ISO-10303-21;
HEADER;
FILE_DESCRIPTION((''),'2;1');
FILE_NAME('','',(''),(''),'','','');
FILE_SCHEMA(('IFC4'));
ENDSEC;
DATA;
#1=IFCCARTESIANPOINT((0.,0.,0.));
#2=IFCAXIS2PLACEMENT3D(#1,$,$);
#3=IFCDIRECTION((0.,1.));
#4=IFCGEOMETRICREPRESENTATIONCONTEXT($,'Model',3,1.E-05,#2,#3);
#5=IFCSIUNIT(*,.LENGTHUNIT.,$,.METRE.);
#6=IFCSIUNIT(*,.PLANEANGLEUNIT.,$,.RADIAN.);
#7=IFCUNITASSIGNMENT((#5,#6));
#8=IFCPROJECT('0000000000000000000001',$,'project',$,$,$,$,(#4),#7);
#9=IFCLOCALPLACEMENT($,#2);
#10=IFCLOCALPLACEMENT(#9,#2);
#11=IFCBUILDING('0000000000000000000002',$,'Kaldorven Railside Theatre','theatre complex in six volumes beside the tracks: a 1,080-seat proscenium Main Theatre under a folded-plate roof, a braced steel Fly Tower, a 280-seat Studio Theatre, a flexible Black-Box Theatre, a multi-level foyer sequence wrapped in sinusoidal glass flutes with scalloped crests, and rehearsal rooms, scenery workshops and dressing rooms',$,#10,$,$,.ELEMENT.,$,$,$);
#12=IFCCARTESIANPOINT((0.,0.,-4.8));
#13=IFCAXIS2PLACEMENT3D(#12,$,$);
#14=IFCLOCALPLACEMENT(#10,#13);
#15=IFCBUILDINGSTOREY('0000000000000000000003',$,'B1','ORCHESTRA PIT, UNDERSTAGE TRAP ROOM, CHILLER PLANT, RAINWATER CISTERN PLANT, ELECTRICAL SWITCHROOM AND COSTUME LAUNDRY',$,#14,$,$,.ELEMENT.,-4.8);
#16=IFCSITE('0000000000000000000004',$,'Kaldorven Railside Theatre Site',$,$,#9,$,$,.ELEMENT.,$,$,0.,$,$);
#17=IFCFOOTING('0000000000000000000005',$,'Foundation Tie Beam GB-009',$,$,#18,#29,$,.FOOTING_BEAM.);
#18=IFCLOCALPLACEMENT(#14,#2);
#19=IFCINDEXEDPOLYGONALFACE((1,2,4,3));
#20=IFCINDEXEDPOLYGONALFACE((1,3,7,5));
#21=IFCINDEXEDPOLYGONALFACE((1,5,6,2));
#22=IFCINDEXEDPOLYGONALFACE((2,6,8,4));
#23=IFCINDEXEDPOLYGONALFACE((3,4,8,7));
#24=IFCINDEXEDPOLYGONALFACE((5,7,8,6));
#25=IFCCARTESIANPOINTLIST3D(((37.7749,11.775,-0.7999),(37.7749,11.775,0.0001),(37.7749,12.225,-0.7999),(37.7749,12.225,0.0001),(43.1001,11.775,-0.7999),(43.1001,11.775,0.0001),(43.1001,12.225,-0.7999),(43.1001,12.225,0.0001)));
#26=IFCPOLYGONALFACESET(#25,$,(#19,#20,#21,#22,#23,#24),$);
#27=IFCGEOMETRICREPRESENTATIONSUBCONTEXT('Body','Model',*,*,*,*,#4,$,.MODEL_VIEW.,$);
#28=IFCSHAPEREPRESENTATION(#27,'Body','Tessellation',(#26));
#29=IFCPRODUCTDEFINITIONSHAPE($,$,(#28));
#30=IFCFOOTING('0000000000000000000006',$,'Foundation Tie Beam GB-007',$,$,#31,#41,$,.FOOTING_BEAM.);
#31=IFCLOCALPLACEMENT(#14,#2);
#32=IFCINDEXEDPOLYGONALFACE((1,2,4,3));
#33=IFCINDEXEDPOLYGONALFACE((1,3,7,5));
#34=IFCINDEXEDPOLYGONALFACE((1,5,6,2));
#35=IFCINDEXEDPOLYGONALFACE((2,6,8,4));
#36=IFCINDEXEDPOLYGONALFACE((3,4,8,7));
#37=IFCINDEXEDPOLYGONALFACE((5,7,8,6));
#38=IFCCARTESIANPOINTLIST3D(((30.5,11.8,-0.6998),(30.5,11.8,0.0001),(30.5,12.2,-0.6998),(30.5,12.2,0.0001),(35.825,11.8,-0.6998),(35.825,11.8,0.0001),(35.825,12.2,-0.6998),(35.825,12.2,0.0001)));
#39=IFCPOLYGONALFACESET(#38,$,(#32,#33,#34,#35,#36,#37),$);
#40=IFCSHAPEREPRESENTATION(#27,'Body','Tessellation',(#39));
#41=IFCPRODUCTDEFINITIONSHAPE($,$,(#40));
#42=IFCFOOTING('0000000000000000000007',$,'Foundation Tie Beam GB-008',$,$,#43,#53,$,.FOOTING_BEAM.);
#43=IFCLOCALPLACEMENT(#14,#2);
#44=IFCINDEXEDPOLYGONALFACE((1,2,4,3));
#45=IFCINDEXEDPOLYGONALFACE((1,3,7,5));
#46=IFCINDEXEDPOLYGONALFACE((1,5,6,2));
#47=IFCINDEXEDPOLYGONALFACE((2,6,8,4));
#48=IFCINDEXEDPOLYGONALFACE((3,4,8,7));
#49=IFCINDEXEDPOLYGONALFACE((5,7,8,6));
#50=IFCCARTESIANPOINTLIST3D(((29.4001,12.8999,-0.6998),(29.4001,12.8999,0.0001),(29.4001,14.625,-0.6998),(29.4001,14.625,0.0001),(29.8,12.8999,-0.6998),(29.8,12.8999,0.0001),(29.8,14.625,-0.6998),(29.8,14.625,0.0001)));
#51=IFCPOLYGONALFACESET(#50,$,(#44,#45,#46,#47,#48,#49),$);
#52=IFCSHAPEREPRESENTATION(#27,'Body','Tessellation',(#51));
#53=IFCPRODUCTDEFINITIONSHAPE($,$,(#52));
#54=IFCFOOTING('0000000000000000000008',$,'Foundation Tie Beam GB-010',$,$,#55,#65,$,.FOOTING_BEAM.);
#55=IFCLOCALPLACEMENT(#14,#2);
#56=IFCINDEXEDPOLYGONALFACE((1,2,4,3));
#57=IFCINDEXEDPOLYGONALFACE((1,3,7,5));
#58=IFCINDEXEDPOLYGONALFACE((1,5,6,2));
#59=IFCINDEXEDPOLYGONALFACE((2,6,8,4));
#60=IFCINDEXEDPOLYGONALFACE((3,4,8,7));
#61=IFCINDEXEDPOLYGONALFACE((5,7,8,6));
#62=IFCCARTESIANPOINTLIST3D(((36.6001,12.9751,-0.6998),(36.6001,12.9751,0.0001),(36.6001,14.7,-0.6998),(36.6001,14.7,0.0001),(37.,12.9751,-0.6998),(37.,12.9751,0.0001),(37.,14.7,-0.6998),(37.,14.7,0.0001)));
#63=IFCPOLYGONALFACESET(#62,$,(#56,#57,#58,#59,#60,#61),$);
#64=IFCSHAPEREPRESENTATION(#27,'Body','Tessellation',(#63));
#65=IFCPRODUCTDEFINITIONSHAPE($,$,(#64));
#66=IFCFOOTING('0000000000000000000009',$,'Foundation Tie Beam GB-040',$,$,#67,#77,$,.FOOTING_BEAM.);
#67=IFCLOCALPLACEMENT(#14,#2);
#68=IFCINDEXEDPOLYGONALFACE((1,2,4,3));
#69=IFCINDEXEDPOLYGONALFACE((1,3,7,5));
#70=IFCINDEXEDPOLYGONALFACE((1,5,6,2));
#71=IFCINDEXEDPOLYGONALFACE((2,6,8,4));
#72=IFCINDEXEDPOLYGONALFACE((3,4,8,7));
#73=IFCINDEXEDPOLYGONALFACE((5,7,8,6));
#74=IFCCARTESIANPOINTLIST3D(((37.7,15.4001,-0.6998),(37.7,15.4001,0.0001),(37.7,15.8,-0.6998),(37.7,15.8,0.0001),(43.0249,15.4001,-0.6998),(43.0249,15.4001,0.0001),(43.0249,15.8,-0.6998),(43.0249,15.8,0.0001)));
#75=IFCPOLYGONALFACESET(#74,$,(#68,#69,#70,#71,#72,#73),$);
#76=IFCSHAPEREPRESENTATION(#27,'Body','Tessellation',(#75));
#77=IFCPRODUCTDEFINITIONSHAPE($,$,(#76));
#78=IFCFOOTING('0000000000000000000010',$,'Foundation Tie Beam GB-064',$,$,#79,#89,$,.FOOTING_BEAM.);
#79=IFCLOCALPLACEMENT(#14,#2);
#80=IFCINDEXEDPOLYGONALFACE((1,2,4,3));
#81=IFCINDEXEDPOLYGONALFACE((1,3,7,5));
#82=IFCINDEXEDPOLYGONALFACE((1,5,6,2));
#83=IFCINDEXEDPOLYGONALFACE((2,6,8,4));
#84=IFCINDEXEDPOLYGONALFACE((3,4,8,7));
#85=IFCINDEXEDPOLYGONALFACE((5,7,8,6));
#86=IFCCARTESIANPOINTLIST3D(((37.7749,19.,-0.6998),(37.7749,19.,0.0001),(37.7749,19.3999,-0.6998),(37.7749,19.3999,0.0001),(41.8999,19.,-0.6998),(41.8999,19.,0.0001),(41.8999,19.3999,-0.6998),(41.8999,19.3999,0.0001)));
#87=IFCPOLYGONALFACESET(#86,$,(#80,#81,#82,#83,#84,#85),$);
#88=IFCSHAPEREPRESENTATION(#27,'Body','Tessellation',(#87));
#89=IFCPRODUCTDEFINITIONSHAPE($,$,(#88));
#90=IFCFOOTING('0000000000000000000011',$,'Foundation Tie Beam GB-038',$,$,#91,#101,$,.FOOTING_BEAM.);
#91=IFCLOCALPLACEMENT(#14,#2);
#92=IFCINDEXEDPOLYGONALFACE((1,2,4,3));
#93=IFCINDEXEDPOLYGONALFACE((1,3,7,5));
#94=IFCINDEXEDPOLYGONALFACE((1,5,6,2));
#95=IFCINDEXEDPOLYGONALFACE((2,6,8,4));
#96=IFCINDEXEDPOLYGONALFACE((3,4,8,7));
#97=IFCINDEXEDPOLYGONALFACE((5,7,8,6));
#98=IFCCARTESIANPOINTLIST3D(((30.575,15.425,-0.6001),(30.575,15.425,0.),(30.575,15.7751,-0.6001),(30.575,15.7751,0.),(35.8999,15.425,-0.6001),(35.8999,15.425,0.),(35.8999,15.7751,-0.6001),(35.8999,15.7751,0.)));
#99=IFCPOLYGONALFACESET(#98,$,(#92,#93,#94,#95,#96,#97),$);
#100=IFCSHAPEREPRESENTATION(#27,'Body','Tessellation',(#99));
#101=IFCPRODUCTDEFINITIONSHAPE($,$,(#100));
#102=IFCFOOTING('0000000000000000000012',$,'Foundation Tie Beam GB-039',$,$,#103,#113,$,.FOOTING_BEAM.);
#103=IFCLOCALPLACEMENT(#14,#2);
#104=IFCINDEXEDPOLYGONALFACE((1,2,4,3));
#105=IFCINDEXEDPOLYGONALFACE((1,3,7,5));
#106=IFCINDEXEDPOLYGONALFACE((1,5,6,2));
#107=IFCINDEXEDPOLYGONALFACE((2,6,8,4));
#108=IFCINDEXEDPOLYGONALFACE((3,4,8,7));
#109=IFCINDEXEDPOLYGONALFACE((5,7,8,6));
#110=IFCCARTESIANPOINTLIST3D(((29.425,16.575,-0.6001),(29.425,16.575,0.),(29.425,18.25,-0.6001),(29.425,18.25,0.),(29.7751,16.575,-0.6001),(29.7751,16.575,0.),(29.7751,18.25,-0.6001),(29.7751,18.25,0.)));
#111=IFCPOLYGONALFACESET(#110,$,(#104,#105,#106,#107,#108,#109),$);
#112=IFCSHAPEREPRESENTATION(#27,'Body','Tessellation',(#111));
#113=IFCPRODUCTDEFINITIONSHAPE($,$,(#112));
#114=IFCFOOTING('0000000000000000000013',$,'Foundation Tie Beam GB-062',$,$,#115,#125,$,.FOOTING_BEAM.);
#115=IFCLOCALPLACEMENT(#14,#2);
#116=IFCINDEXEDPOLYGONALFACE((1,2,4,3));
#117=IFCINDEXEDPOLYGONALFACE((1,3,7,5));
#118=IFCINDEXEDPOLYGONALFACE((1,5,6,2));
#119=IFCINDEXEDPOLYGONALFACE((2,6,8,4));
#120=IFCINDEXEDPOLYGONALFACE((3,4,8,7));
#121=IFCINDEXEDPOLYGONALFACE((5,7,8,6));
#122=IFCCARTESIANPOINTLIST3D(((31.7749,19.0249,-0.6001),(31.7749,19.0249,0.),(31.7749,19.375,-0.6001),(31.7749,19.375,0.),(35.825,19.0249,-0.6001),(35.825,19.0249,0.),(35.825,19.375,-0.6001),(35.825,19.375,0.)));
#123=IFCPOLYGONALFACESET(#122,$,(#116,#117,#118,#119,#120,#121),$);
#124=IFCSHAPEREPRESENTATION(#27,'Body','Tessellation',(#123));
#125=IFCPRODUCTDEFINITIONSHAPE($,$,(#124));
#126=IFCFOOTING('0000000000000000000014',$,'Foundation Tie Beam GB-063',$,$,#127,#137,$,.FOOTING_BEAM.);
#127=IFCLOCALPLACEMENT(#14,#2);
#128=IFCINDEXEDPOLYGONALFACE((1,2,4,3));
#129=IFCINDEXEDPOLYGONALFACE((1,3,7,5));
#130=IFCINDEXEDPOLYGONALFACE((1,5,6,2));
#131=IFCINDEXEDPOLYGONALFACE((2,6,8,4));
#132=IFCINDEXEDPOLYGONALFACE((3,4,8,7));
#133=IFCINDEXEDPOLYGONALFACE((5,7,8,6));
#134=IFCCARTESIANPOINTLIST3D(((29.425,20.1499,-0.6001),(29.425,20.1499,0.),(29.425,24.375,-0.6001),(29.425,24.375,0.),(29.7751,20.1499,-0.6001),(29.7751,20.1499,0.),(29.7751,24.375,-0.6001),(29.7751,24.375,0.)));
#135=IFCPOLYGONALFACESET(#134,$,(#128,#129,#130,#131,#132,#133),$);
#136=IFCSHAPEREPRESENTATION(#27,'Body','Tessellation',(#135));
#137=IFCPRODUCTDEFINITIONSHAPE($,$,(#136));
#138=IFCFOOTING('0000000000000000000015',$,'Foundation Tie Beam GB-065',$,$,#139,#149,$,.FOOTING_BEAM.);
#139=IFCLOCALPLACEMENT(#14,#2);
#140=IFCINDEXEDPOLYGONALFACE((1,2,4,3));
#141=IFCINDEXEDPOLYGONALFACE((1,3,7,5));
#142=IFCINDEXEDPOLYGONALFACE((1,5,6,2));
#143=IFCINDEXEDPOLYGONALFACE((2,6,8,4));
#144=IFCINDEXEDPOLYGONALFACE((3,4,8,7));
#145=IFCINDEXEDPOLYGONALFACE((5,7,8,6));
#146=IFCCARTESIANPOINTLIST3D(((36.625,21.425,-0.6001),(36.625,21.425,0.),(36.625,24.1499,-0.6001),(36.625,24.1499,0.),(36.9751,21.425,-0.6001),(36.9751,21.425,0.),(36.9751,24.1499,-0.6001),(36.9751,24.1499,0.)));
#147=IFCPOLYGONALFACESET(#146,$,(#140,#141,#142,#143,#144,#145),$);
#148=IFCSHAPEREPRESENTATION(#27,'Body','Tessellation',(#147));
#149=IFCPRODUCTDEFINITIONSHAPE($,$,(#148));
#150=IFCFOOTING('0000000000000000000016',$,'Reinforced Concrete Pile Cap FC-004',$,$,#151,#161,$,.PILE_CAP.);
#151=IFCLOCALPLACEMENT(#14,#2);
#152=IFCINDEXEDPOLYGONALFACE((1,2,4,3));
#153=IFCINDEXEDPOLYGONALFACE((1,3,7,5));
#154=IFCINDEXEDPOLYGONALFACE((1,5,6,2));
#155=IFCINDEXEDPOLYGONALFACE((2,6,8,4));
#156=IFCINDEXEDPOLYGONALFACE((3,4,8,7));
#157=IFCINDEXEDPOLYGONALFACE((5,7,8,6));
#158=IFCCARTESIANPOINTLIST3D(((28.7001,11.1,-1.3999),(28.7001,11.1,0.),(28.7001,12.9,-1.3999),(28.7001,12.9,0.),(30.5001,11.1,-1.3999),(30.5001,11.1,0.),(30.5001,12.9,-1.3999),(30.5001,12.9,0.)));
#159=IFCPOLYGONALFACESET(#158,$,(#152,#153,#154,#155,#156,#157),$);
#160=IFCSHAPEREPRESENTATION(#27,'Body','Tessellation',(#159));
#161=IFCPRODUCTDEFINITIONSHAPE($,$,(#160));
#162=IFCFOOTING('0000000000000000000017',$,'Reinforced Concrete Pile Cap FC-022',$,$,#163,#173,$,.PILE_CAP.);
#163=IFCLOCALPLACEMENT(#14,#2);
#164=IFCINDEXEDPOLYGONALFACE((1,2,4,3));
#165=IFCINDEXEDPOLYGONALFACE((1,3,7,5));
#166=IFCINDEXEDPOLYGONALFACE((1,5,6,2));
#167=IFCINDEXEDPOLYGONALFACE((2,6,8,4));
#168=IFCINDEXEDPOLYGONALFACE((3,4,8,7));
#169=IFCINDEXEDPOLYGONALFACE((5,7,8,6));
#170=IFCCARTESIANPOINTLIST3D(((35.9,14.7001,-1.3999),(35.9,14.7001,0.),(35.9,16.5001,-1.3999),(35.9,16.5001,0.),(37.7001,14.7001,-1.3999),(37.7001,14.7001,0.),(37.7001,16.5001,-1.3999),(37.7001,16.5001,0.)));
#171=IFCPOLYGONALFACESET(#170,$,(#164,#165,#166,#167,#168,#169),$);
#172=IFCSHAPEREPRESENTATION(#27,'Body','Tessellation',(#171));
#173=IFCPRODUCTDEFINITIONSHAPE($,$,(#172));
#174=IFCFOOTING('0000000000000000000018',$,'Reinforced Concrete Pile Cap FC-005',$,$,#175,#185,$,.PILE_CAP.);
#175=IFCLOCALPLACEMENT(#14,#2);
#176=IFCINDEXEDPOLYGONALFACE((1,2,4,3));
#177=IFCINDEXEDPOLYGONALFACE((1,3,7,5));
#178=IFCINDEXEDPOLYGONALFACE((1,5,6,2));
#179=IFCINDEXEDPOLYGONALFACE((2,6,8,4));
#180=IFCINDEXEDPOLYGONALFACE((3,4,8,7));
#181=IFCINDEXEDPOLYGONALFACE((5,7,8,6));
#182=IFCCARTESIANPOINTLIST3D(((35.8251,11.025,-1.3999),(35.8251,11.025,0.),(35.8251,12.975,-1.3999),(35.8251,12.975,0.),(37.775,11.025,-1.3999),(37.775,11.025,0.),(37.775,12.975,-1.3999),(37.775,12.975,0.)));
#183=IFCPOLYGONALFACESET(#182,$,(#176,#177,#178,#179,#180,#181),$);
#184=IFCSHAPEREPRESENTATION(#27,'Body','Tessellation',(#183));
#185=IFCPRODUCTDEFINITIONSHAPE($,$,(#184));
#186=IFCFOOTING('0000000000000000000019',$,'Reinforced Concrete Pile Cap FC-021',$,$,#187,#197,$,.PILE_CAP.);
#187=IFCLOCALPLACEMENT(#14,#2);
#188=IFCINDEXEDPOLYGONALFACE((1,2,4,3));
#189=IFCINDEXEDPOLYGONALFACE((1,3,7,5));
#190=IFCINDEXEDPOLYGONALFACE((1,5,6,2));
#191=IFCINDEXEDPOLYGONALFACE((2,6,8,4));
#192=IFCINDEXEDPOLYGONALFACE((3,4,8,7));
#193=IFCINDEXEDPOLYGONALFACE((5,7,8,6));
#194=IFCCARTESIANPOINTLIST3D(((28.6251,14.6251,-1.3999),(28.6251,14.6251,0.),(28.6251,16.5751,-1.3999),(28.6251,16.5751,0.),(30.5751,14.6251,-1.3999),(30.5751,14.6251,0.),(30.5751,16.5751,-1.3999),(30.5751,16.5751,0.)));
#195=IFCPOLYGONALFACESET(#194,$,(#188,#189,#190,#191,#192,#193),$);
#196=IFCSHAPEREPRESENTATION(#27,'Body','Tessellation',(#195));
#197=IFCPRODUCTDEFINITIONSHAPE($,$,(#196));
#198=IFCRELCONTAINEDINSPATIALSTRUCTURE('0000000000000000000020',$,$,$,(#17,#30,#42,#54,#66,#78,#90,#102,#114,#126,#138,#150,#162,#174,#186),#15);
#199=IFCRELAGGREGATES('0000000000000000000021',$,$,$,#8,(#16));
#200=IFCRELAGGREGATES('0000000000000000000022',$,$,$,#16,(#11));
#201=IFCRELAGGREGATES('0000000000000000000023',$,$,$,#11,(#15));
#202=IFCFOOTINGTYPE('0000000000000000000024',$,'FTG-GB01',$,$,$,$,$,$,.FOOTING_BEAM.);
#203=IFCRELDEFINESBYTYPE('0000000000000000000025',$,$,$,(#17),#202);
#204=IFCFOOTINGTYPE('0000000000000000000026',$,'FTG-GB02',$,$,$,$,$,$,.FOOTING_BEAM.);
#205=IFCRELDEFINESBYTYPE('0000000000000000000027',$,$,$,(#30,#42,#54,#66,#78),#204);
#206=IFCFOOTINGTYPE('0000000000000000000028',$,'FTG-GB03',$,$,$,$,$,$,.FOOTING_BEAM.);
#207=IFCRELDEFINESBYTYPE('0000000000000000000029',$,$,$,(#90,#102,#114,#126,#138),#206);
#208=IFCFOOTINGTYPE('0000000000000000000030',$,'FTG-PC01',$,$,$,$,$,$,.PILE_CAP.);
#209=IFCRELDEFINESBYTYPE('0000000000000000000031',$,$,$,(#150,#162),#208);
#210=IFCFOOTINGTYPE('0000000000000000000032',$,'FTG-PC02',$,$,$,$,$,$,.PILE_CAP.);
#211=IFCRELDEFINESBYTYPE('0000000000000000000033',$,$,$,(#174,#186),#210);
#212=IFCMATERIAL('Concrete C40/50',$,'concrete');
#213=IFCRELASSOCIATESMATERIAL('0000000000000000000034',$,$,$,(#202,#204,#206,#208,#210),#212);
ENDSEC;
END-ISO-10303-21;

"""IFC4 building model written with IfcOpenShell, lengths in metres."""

from ifc_helpers import new_model, si_unit, direction, frame, origin, origin_2d, place, context, subcontext, project, spatial, rectangle, extrude, material, material_profile, profile_set, type_object, element, save


model = new_model("IFC4")

# Units and contexts
model_context = context("Model", 3, precision=1e-05, world=origin(), true_north=direction((0.0, 1.0)))
body_context = subcontext(model_context, "Body", "Model", "MODEL_VIEW")
ifc_project = project(units=[si_unit("LENGTHUNIT", "METRE"), si_unit("PLANEANGLEUNIT", "RADIAN")], contexts=[model_context])

# Site, building, storey
site_placement = place(None, origin())
site = spatial("IfcSite", under=ifc_project, at=site_placement, Name="Kaldorven Railside Theatre Site", CompositionType="ELEMENT", RefElevation=0.0)
building_placement = place(site_placement, origin())
building = spatial("IfcBuilding", under=site, at=building_placement, Name="Kaldorven Railside Theatre", Description="theatre complex in six volumes beside the tracks: a 1,080-seat proscenium Main Theatre under a folded-plate roof, a braced steel Fly Tower, a 280-seat Studio Theatre, a flexible Black-Box Theatre, a multi-level foyer sequence wrapped in sinusoidal glass flutes with scalloped crests, and rehearsal rooms, scenery workshops and dressing rooms", CompositionType="ELEMENT")
storey_placement = place(building_placement, frame((0.0, 0.0, -4.8)))
storey = spatial("IfcBuildingStorey", under=building, at=storey_placement, Name="B1", Description="ORCHESTRA PIT, UNDERSTAGE TRAP ROOM, CHILLER PLANT, RAINWATER CISTERN PLANT, ELECTRICAL SWITCHROOM AND COSTUME LAUNDRY", CompositionType="ELEMENT", Elevation=-4.8)

# Footings
ifc_material_1 = material(Name="Concrete C40/50", Category="concrete")
ifc_material_profile_1 = material_profile(ifc_material_1, rectangle(XDim=0.45, YDim=0.8, at=origin_2d()), Name="RC 450x800")
ifc_profile_set_1 = profile_set([ifc_material_profile_1], Name="Concrete C40/50")
footing_type_1 = type_object("IfcFootingType", Name="FTG-GB01", PredefinedType="FOOTING_BEAM", material=ifc_profile_set_1)
footing_1_placement = place(storey_placement, frame((37.7749, 12.0, -0.3999), z_axis=(1.0, 0.0, 0.0), x_axis=(0.0, 1.0, 0.0)))
element("IfcFooting", 1, at=footing_1_placement, inside=storey, type_object=footing_type_1, Name="Foundation Tie Beam GB-009", PredefinedType="FOOTING_BEAM", context=body_context, shape_type="SweptSolid", body=[
    extrude(rectangle(XDim=0.45, YDim=0.8, at=origin_2d()), origin(), (0.0, 0.0, 1.0), 5.3252),
])
ifc_material_profile_2 = material_profile(ifc_material_1, rectangle(XDim=0.3999, YDim=0.7, at=origin_2d()), Name="RC 400x700")
ifc_profile_set_2 = profile_set([ifc_material_profile_2], Name="Concrete C40/50")
footing_type_2 = type_object("IfcFootingType", Name="FTG-GB02", PredefinedType="FOOTING_BEAM", material=ifc_profile_set_2)
footing_2_placement = place(storey_placement, frame((30.5, 12.0, -0.3499), z_axis=(1.0, 0.0, 0.0), x_axis=(0.0, 1.0, 0.0)))
element("IfcFooting", 2, at=footing_2_placement, inside=storey, type_object=footing_type_2, Name="Foundation Tie Beam GB-007", PredefinedType="FOOTING_BEAM", context=body_context, shape_type="SweptSolid", body=[
    extrude(rectangle(XDim=0.3999, YDim=0.7, at=origin_2d()), origin(), (0.0, 0.0, 1.0), 5.325),
])
footing_3_placement = place(storey_placement, frame((29.6001, 12.8999, -0.3499), z_axis=(0.0, 1.0, 0.0), x_axis=(-1.0, 0.0, 0.0)))
element("IfcFooting", 3, at=footing_3_placement, inside=storey, type_object=footing_type_2, Name="Foundation Tie Beam GB-008", PredefinedType="FOOTING_BEAM", context=body_context, shape_type="SweptSolid", body=[
    extrude(rectangle(XDim=0.3999, YDim=0.7, at=origin_2d()), origin(), (0.0, 0.0, 1.0), 1.7251),
])
footing_4_placement = place(storey_placement, frame((36.8, 12.9751, -0.3499), z_axis=(0.0, 1.0, 0.0), x_axis=(-1.0, 0.0, 0.0)))
element("IfcFooting", 4, at=footing_4_placement, inside=storey, type_object=footing_type_2, Name="Foundation Tie Beam GB-010", PredefinedType="FOOTING_BEAM", context=body_context, shape_type="SweptSolid", body=[
    extrude(rectangle(XDim=0.3999, YDim=0.7, at=origin_2d()), origin(), (0.0, 0.0, 1.0), 1.7249),
])
footing_5_placement = place(storey_placement, frame((37.7, 15.6001, -0.3499), z_axis=(1.0, 0.0, 0.0), x_axis=(0.0, 1.0, 0.0)))
element("IfcFooting", 5, at=footing_5_placement, inside=storey, type_object=footing_type_2, Name="Foundation Tie Beam GB-040", PredefinedType="FOOTING_BEAM", context=body_context, shape_type="SweptSolid", body=[
    extrude(rectangle(XDim=0.3999, YDim=0.7, at=origin_2d()), origin(), (0.0, 0.0, 1.0), 5.325),
])
footing_6_placement = place(storey_placement, frame((37.7749, 19.2, -0.3499), z_axis=(1.0, 0.0, 0.0), x_axis=(0.0, 1.0, 0.0)))
element("IfcFooting", 6, at=footing_6_placement, inside=storey, type_object=footing_type_2, Name="Foundation Tie Beam GB-064", PredefinedType="FOOTING_BEAM", context=body_context, shape_type="SweptSolid", body=[
    extrude(rectangle(XDim=0.3999, YDim=0.7, at=origin_2d()), origin(), (0.0, 0.0, 1.0), 4.125),
])
ifc_material_profile_3 = material_profile(ifc_material_1, rectangle(XDim=0.3501, YDim=0.6001, at=origin_2d()), Name="RC 350x600")
ifc_profile_set_3 = profile_set([ifc_material_profile_3], Name="Concrete C40/50")
footing_type_3 = type_object("IfcFootingType", Name="FTG-GB03", PredefinedType="FOOTING_BEAM", material=ifc_profile_set_3)
footing_7_placement = place(storey_placement, frame((30.575, 15.6001, -0.3), z_axis=(1.0, 0.0, 0.0), x_axis=(0.0, 1.0, 0.0)))
element("IfcFooting", 7, at=footing_7_placement, inside=storey, type_object=footing_type_3, Name="Foundation Tie Beam GB-038", PredefinedType="FOOTING_BEAM", context=body_context, shape_type="SweptSolid", body=[
    extrude(rectangle(XDim=0.3501, YDim=0.6001, at=origin_2d()), origin(), (0.0, 0.0, 1.0), 5.325),
])
footing_8_placement = place(storey_placement, frame((29.6001, 16.575, -0.3), z_axis=(0.0, 1.0, 0.0), x_axis=(-1.0, 0.0, 0.0)))
element("IfcFooting", 8, at=footing_8_placement, inside=storey, type_object=footing_type_3, Name="Foundation Tie Beam GB-039", PredefinedType="FOOTING_BEAM", context=body_context, shape_type="SweptSolid", body=[
    extrude(rectangle(XDim=0.3501, YDim=0.6001, at=origin_2d()), origin(), (0.0, 0.0, 1.0), 1.675),
])
footing_9_placement = place(storey_placement, frame((31.7749, 19.2, -0.3), z_axis=(1.0, 0.0, 0.0), x_axis=(0.0, 1.0, 0.0)))
element("IfcFooting", 9, at=footing_9_placement, inside=storey, type_object=footing_type_3, Name="Foundation Tie Beam GB-062", PredefinedType="FOOTING_BEAM", context=body_context, shape_type="SweptSolid", body=[
    extrude(rectangle(XDim=0.3501, YDim=0.6001, at=origin_2d()), origin(), (0.0, 0.0, 1.0), 4.05),
])
footing_10_placement = place(storey_placement, frame((29.6001, 20.1499, -0.3), z_axis=(0.0, 1.0, 0.0), x_axis=(-1.0, 0.0, 0.0)))
element("IfcFooting", 10, at=footing_10_placement, inside=storey, type_object=footing_type_3, Name="Foundation Tie Beam GB-063", PredefinedType="FOOTING_BEAM", context=body_context, shape_type="SweptSolid", body=[
    extrude(rectangle(XDim=0.3501, YDim=0.6001, at=origin_2d()), origin(), (0.0, 0.0, 1.0), 4.2251),
])
footing_11_placement = place(storey_placement, frame((36.8, 21.425, -0.3), z_axis=(0.0, 1.0, 0.0), x_axis=(-1.0, 0.0, 0.0)))
element("IfcFooting", 11, at=footing_11_placement, inside=storey, type_object=footing_type_3, Name="Foundation Tie Beam GB-065", PredefinedType="FOOTING_BEAM", context=body_context, shape_type="SweptSolid", body=[
    extrude(rectangle(XDim=0.3501, YDim=0.6001, at=origin_2d()), origin(), (0.0, 0.0, 1.0), 2.7249),
])
footing_type_4 = type_object("IfcFootingType", Name="FTG-PC01", PredefinedType="PILE_CAP", material=ifc_material_1)
for number, where, z_axis, x_axis, name in (
    (12, (29.6001, 12.0, -1.3999), (0.0, 0.0, 1.0), (1.0, 0.0, 0.0), "Reinforced Concrete Pile Cap FC-004"),
    (13, (36.8, 15.6001, -1.3999), (0.0, 0.0, 1.0), (1.0, 0.0, 0.0), "Reinforced Concrete Pile Cap FC-022"),
):
    element("IfcFooting", number, at=place(storey_placement, frame(where, z_axis=z_axis, x_axis=x_axis)), inside=storey, type_object=footing_type_4, Name=name, PredefinedType="PILE_CAP", context=body_context, shape_type="SweptSolid", body=[
        extrude(rectangle(XDim=1.8, YDim=1.8, at=origin_2d()), origin(), (0.0, 0.0, 1.0), 1.3999),
    ])
footing_type_5 = type_object("IfcFootingType", Name="FTG-PC02", PredefinedType="PILE_CAP", material=ifc_material_1)
for number, where, z_axis, x_axis, name in (
    (14, (36.8, 12.0, -1.3999), (0.0, 0.0, 1.0), (1.0, 0.0, 0.0), "Reinforced Concrete Pile Cap FC-005"),
    (15, (29.6001, 15.6001, -1.3999), (0.0, 0.0, 1.0), (1.0, 0.0, 0.0), "Reinforced Concrete Pile Cap FC-021"),
):
    element("IfcFooting", number, at=place(storey_placement, frame(where, z_axis=z_axis, x_axis=x_axis)), inside=storey, type_object=footing_type_5, Name=name, PredefinedType="PILE_CAP", context=body_context, shape_type="SweptSolid", body=[
        extrude(rectangle(XDim=1.95, YDim=1.95, at=origin_2d()), origin(), (0.0, 0.0, 1.0), 1.3999),
    ])

save(model, "model.ifc")
